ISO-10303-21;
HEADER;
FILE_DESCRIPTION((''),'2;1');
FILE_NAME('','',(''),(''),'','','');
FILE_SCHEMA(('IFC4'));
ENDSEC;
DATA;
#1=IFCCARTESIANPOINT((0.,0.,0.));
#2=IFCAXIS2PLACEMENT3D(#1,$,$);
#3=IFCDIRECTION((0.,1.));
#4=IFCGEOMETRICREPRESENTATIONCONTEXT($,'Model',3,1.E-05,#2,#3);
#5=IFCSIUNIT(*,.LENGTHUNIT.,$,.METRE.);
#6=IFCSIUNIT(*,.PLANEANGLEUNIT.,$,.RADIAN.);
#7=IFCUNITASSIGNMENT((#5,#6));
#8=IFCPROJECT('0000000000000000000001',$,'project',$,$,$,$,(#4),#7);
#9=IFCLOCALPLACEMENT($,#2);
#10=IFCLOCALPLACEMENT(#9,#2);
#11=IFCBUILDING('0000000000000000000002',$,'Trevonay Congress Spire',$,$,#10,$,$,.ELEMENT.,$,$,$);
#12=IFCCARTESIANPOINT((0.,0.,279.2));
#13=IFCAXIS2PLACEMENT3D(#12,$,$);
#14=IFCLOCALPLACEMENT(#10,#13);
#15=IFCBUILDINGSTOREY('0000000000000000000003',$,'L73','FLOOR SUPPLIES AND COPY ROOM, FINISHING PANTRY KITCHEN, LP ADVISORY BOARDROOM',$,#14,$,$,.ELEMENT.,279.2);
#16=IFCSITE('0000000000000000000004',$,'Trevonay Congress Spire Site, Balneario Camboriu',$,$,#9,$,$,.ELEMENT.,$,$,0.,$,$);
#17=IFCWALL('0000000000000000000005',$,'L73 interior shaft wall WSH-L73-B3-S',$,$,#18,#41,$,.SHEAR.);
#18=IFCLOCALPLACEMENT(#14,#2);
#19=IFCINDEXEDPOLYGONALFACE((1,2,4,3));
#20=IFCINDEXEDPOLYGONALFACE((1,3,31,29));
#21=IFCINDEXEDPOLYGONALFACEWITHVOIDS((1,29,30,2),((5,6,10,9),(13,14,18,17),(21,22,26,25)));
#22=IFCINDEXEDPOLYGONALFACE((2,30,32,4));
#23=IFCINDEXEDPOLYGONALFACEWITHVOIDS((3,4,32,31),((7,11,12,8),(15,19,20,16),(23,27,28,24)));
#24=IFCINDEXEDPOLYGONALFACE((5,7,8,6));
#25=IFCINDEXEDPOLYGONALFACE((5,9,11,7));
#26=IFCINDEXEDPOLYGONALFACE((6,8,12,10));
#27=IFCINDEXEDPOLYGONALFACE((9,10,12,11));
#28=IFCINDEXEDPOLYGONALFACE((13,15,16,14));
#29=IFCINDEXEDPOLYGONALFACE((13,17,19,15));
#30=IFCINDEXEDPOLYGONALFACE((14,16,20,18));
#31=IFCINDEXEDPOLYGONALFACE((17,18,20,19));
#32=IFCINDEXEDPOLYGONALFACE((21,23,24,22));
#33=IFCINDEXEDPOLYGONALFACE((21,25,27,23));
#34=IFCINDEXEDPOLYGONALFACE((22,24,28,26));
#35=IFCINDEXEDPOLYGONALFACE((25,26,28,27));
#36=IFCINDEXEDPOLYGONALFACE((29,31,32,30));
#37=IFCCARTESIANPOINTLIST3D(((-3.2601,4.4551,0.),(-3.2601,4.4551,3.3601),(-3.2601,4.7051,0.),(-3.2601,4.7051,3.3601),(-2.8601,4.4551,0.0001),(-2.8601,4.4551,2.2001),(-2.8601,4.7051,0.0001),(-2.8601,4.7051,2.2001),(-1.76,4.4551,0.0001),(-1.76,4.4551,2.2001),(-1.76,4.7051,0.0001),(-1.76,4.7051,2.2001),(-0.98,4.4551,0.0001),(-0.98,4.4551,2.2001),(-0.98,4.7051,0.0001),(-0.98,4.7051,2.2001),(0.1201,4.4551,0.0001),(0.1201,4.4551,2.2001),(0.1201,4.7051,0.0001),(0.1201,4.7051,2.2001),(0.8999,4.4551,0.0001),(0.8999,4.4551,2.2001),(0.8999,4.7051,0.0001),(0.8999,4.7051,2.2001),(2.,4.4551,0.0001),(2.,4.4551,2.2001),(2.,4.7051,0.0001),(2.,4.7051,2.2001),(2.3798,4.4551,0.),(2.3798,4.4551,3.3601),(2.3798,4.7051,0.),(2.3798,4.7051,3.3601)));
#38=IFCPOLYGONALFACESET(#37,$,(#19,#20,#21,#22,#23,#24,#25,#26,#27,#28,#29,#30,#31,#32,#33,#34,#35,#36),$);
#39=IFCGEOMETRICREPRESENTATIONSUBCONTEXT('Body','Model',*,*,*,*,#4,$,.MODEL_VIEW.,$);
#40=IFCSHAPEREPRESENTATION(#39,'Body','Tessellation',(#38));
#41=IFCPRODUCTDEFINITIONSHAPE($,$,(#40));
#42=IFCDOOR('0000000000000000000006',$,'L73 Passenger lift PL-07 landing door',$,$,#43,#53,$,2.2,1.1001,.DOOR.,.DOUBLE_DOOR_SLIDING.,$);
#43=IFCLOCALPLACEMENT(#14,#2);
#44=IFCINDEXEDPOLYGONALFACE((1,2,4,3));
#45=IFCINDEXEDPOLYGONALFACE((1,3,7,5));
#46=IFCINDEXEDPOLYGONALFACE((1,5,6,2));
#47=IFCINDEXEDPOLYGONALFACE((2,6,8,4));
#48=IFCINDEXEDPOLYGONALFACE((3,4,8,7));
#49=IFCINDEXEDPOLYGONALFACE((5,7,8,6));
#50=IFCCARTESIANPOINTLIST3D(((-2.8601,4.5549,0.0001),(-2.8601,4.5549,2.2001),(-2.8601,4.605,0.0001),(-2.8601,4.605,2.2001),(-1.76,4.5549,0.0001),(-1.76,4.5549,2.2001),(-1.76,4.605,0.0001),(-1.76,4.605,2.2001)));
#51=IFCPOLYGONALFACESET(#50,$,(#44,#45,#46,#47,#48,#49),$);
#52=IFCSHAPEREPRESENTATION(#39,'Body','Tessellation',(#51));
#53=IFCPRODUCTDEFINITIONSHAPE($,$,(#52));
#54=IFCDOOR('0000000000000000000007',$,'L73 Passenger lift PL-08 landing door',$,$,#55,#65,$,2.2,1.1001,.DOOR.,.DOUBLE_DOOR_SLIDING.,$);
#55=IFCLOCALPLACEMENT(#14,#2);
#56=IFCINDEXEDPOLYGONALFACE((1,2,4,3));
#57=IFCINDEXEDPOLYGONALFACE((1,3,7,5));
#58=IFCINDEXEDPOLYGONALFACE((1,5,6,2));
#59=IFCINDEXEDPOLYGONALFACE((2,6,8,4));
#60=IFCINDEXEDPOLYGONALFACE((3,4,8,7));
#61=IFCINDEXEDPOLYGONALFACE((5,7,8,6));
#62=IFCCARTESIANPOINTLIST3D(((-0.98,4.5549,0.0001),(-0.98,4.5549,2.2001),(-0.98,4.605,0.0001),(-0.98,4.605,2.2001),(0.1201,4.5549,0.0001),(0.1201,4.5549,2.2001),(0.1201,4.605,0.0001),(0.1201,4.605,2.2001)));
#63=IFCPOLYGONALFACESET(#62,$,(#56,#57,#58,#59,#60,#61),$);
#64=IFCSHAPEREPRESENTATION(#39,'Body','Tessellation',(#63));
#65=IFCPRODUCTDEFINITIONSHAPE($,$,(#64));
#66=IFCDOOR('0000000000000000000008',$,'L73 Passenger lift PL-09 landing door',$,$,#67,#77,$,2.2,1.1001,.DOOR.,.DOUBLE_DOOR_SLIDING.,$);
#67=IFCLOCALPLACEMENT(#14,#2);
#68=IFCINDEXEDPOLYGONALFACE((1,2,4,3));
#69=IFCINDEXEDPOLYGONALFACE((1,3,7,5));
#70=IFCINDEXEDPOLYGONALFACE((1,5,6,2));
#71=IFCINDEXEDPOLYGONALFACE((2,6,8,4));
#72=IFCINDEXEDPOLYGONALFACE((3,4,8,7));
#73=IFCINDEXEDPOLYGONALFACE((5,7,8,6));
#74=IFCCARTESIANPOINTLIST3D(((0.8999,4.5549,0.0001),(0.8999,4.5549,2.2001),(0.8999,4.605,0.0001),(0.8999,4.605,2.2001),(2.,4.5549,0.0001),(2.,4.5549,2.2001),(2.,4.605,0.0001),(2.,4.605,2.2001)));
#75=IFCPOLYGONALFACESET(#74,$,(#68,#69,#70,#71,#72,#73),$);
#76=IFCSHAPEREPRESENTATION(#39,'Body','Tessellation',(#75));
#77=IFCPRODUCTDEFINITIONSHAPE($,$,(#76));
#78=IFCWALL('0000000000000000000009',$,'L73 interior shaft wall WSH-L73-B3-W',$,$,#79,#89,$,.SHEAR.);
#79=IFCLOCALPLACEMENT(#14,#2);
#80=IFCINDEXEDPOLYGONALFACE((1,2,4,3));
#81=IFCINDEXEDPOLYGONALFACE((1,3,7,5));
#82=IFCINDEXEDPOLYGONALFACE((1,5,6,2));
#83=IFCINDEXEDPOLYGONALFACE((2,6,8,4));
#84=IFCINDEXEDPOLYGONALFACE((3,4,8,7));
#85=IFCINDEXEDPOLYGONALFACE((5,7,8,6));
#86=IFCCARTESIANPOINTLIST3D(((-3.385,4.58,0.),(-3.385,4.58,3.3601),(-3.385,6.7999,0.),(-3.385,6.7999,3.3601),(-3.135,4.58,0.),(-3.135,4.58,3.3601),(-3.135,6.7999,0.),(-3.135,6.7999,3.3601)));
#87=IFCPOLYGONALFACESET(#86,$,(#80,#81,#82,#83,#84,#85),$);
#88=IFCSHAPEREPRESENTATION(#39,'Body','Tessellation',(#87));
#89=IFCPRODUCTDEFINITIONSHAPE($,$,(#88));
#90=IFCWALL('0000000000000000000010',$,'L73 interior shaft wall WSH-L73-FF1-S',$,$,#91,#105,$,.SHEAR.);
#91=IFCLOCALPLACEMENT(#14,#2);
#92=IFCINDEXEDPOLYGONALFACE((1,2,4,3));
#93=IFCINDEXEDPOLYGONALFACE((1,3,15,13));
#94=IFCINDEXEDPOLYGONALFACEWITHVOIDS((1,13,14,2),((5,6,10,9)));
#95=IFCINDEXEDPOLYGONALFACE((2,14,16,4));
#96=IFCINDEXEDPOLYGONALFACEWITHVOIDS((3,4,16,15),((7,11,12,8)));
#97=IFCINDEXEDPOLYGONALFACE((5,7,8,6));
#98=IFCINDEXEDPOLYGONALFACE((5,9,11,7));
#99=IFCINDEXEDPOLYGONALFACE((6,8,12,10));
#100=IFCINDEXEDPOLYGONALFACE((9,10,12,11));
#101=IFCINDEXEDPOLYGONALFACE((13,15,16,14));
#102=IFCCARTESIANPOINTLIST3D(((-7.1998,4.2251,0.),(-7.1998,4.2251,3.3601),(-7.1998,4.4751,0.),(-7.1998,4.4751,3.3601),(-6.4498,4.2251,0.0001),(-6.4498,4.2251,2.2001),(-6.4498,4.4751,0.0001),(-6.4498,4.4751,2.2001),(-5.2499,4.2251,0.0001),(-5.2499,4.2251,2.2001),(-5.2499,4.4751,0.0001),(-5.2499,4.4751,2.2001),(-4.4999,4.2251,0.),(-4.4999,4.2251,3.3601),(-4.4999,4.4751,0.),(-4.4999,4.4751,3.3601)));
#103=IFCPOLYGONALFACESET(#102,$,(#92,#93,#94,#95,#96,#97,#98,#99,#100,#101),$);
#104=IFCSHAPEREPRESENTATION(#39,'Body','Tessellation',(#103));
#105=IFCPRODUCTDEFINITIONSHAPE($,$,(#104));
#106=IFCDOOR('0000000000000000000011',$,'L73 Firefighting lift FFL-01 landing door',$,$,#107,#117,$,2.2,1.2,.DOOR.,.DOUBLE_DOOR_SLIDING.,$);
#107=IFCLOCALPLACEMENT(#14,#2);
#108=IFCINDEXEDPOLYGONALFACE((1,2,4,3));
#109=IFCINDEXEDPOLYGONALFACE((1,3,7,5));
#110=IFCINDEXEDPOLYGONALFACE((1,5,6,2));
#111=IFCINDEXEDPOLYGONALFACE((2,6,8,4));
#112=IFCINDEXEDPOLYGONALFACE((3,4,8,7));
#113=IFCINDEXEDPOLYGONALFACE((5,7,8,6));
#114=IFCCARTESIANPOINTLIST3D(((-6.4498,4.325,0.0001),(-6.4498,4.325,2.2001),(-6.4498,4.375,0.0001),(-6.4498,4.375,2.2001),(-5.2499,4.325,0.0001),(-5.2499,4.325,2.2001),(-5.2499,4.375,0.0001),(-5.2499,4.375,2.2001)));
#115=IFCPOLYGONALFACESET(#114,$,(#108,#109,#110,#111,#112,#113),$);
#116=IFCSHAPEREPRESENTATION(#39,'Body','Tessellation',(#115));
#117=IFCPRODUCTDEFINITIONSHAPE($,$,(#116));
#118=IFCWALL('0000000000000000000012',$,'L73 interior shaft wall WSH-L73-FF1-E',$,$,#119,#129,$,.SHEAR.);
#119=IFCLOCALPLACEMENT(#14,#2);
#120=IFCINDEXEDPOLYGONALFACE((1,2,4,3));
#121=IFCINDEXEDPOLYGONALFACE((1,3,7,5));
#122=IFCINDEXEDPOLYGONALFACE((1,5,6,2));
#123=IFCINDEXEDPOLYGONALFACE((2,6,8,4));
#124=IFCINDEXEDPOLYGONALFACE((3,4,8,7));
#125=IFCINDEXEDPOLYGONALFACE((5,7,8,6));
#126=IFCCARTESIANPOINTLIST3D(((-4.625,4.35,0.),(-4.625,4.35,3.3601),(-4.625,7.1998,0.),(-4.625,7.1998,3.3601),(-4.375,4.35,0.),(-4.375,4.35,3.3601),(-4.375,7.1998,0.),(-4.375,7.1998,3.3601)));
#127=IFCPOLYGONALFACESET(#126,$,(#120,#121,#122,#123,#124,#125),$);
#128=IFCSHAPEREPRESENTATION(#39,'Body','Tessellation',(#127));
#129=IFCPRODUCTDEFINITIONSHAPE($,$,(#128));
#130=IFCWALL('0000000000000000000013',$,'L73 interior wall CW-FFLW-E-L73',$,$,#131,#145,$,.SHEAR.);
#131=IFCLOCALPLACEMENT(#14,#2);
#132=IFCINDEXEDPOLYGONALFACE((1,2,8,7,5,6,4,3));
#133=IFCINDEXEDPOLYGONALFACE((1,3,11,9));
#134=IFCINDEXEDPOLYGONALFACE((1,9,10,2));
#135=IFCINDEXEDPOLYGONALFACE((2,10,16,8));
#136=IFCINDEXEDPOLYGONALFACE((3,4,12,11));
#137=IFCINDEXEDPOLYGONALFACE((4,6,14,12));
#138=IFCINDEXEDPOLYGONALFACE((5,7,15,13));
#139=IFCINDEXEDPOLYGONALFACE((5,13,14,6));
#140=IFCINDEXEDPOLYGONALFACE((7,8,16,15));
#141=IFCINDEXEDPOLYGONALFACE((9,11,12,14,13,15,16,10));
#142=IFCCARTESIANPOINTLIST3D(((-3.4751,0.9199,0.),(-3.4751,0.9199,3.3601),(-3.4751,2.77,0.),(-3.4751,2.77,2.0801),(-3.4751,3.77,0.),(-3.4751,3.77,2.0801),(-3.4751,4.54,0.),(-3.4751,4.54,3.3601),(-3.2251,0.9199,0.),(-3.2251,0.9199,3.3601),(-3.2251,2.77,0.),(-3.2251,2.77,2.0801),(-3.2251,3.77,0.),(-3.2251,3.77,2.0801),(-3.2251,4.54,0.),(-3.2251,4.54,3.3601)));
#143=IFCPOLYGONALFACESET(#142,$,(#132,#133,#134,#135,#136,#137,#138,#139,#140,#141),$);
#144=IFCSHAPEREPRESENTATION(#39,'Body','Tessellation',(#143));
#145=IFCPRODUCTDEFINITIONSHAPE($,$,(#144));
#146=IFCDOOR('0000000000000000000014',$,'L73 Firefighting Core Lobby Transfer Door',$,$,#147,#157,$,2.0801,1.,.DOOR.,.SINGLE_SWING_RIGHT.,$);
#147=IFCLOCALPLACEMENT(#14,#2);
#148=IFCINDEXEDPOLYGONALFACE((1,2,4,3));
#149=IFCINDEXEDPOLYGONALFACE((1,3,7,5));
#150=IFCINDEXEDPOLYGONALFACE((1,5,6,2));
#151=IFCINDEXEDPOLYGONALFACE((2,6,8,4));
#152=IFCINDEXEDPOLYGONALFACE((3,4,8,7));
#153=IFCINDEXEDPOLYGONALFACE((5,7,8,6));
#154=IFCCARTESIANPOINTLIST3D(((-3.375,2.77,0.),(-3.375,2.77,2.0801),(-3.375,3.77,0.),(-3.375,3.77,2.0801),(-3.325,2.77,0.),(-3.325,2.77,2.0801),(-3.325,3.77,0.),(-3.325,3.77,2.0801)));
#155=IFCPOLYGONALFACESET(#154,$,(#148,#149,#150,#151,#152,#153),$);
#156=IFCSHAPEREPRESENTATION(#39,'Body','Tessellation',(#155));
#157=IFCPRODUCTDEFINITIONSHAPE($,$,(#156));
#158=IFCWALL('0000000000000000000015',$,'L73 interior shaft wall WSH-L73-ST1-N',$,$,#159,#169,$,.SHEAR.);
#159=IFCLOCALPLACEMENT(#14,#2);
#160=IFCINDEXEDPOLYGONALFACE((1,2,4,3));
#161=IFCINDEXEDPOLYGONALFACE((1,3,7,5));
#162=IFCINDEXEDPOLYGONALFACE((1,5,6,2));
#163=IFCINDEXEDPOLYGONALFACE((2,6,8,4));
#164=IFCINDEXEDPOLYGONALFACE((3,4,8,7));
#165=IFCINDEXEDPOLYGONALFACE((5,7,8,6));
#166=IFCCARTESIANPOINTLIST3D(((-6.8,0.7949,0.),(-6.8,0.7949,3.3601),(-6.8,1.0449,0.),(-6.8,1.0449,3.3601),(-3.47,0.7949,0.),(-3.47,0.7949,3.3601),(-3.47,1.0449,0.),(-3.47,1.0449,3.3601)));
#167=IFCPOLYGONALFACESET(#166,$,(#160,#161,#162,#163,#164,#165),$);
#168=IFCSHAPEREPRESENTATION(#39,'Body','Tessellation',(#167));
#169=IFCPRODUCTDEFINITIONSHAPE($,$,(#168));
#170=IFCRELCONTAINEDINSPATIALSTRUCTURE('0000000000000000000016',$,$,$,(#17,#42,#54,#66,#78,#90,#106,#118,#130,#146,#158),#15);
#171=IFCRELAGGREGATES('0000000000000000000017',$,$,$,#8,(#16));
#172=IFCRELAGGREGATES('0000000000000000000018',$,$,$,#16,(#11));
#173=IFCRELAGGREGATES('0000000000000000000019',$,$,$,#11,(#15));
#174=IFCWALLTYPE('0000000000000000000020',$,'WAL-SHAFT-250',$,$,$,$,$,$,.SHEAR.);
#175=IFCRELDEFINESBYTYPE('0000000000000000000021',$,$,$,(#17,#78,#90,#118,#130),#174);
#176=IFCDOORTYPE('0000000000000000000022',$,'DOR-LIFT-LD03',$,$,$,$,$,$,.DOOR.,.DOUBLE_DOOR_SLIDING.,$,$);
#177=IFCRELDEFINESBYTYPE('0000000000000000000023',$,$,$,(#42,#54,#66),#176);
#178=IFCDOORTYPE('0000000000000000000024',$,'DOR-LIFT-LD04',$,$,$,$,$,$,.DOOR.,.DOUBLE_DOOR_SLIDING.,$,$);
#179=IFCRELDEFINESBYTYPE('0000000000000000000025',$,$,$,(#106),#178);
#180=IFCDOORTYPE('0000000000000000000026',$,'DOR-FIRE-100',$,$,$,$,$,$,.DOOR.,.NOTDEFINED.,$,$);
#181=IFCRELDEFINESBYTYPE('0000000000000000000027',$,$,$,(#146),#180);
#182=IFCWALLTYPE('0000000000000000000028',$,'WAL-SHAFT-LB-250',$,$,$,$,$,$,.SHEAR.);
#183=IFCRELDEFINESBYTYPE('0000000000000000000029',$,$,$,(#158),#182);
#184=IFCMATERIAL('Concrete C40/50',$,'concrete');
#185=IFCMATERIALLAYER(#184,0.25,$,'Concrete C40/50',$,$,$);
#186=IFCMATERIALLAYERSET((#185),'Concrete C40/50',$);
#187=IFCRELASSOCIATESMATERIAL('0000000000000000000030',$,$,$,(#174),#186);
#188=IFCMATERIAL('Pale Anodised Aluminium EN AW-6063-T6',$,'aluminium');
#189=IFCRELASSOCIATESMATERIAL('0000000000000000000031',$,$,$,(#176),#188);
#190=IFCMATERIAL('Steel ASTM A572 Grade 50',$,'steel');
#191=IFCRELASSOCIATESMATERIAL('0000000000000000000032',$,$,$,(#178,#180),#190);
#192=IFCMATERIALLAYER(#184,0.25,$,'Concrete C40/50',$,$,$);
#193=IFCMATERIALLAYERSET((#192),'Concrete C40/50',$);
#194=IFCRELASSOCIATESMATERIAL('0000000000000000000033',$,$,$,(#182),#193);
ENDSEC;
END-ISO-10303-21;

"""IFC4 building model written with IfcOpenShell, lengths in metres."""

from ifc_helpers import new_model, si_unit, direction, frame, frame_2d, origin, place, context, subcontext, project, spatial, rectangle, extrude, material, layer, layer_set, type_object, element, fill, save


model = new_model("IFC4")

# Units and contexts
model_context = context("Model", 3, precision=1e-05, world=origin(), true_north=direction((0.0, 1.0)))
body_context = subcontext(model_context, "Body", "Model", "MODEL_VIEW")
ifc_project = project(units=[si_unit("LENGTHUNIT", "METRE"), si_unit("PLANEANGLEUNIT", "RADIAN")], contexts=[model_context])

# Site, building, storey
site_placement = place(None, origin())
site = spatial("IfcSite", under=ifc_project, at=site_placement, Name="Trevonay Congress Spire Site, Balneario Camboriu", CompositionType="ELEMENT", RefElevation=0.0)
building_placement = place(site_placement, origin())
building = spatial("IfcBuilding", under=site, at=building_placement, Name="Trevonay Congress Spire", CompositionType="ELEMENT")
storey_placement = place(building_placement, frame((0.0, 0.0, 279.2)))
storey = spatial("IfcBuildingStorey", under=building, at=storey_placement, Name="L73", Description="FLOOR SUPPLIES AND COPY ROOM, FINISHING PANTRY KITCHEN, LP ADVISORY BOARDROOM", CompositionType="ELEMENT", Elevation=279.2)

# Shared definitions
ifc_material_1 = material(Name="Steel ASTM A572 Grade 50", Category="steel")

# Shared definitions
ifc_material_2 = material(Name="Concrete C40/50", Category="concrete")

# Wall, openings, doors
ifc_layer_1 = layer(ifc_material_2, 0.25, Name="Concrete C40/50")
ifc_layer_set_1 = layer_set([ifc_layer_1], Name="Concrete C40/50")
wall_type_1 = type_object("IfcWallType", Name="WAL-SHAFT-250", PredefinedType="SHEAR", material=ifc_layer_set_1)
wall_1_placement = place(storey_placement, frame((-3.26, 4.5801, 0.0), z_axis=(0.0, 0.0, 1.0), x_axis=(1.0, 0.0, 0.0)))
wall_1 = element("IfcWall", 1, at=wall_1_placement, inside=storey, type_object=wall_type_1, Name="L73 interior shaft wall WSH-L73-B3-S", PredefinedType="SHEAR", context=body_context, shape_type="SweptSolid", body=[
    extrude(rectangle(XDim=5.6399, YDim=0.25, at=frame_2d((2.8198, 0.0))), origin(), (0.0, 0.0, 1.0), 3.3601),
])
opening_1_placement = place(wall_1_placement, frame((0.3999, 0.0, 0.0)))
opening_1 = element("IfcOpeningElement", 2, at=opening_1_placement, cuts=wall_1, PredefinedType="OPENING", context=body_context, shape_type="SweptSolid", body=[
    extrude(rectangle(XDim=1.1001, YDim=2.2, at=frame_2d((0.55, 1.1001))), frame((0.0, 0.135, 0.0), z_axis=(0.0, -1.0, 0.0), x_axis=(1.0, 0.0, 0.0)), (0.0, 0.0, 1.0), 0.27),
])
opening_2_placement = place(wall_1_placement, frame((2.28, 0.0, 0.0)))
opening_2 = element("IfcOpeningElement", 3, at=opening_2_placement, cuts=wall_1, PredefinedType="OPENING", context=body_context, shape_type="SweptSolid", body=[
    extrude(rectangle(XDim=1.1001, YDim=2.2, at=frame_2d((0.55, 1.1001))), frame((0.0, 0.135, 0.0), z_axis=(0.0, -1.0, 0.0), x_axis=(1.0, 0.0, 0.0)), (0.0, 0.0, 1.0), 0.27),
])
opening_3_placement = place(wall_1_placement, frame((4.1599, 0.0, 0.0)))
opening_3 = element("IfcOpeningElement", 4, at=opening_3_placement, cuts=wall_1, PredefinedType="OPENING", context=body_context, shape_type="SweptSolid", body=[
    extrude(rectangle(XDim=1.1001, YDim=2.2, at=frame_2d((0.55, 1.1001))), frame((0.0, 0.135, 0.0), z_axis=(0.0, -1.0, 0.0), x_axis=(1.0, 0.0, 0.0)), (0.0, 0.0, 1.0), 0.27),
])
ifc_material_3 = material(Name="Pale Anodised Aluminium EN AW-6063-T6", Category="aluminium")
door_type_1 = type_object("IfcDoorType", Name="DOR-LIFT-LD03", OperationType="DOUBLE_DOOR_SLIDING", PredefinedType="DOOR", material=ifc_material_3)
door_1_placement = place(opening_1_placement, origin())
door_1 = element("IfcDoor", 5, at=door_1_placement, inside=storey, type_object=door_type_1, Name="L73 Passenger lift PL-07 landing door", OperationType="DOUBLE_DOOR_SLIDING", OverallHeight=2.2, OverallWidth=1.1001, PredefinedType="DOOR", context=body_context, shape_type="SweptSolid", body=[
    extrude(rectangle(XDim=1.1001, YDim=2.2, at=frame_2d((0.55, 1.1001))), frame((0.0, 0.0249, 0.0), z_axis=(0.0, -1.0, 0.0), x_axis=(1.0, 0.0, 0.0)), (0.0, 0.0, 1.0), 0.05),
])
fill(opening_1, door_1)
door_2_placement = place(opening_2_placement, origin())
door_2 = element("IfcDoor", 6, at=door_2_placement, inside=storey, type_object=door_type_1, Name="L73 Passenger lift PL-08 landing door", OperationType="DOUBLE_DOOR_SLIDING", OverallHeight=2.2, OverallWidth=1.1001, PredefinedType="DOOR", context=body_context, shape_type="SweptSolid", body=[
    extrude(rectangle(XDim=1.1001, YDim=2.2, at=frame_2d((0.55, 1.1001))), frame((0.0, 0.0249, 0.0), z_axis=(0.0, -1.0, 0.0), x_axis=(1.0, 0.0, 0.0)), (0.0, 0.0, 1.0), 0.05),
])
fill(opening_2, door_2)
door_3_placement = place(opening_3_placement, origin())
door_3 = element("IfcDoor", 7, at=door_3_placement, inside=storey, type_object=door_type_1, Name="L73 Passenger lift PL-09 landing door", OperationType="DOUBLE_DOOR_SLIDING", OverallHeight=2.2, OverallWidth=1.1001, PredefinedType="DOOR", context=body_context, shape_type="SweptSolid", body=[
    extrude(rectangle(XDim=1.1001, YDim=2.2, at=frame_2d((0.55, 1.1001))), frame((0.0, 0.0249, 0.0), z_axis=(0.0, -1.0, 0.0), x_axis=(1.0, 0.0, 0.0)), (0.0, 0.0, 1.0), 0.05),
])
fill(opening_3, door_3)

# Wall
wall_2_placement = place(storey_placement, frame((-3.26, 4.5801, 0.0), z_axis=(0.0, 0.0, 1.0), x_axis=(0.0, 1.0, 0.0)))
element("IfcWall", 8, at=wall_2_placement, inside=storey, type_object=wall_type_1, Name="L73 interior shaft wall WSH-L73-B3-W", PredefinedType="SHEAR", context=body_context, shape_type="SweptSolid", body=[
    extrude(rectangle(XDim=2.22, YDim=0.25, at=frame_2d((1.1099, 0.0))), origin(), (0.0, 0.0, 1.0), 3.3601),
])

# Wall, opening, door
wall_3_placement = place(storey_placement, frame((-7.2, 4.3501, 0.0), z_axis=(0.0, 0.0, 1.0), x_axis=(1.0, 0.0, 0.0)))
wall_3 = element("IfcWall", 9, at=wall_3_placement, inside=storey, type_object=wall_type_1, Name="L73 interior shaft wall WSH-L73-FF1-S", PredefinedType="SHEAR", context=body_context, shape_type="SweptSolid", body=[
    extrude(rectangle(XDim=2.7, YDim=0.25, at=frame_2d((1.3501, 0.0))), origin(), (0.0, 0.0, 1.0), 3.3601),
])
opening_4_placement = place(wall_3_placement, frame((0.75, 0.0, 0.0)))
opening_4 = element("IfcOpeningElement", 10, at=opening_4_placement, cuts=wall_3, PredefinedType="OPENING", context=body_context, shape_type="SweptSolid", body=[
    extrude(rectangle(XDim=1.2, YDim=2.2, at=frame_2d((0.6001, 1.1001))), frame((0.0, 0.135, 0.0), z_axis=(0.0, -1.0, 0.0), x_axis=(1.0, 0.0, 0.0)), (0.0, 0.0, 1.0), 0.27),
])
door_type_2 = type_object("IfcDoorType", Name="DOR-LIFT-LD04", OperationType="DOUBLE_DOOR_SLIDING", PredefinedType="DOOR", material=ifc_material_1)
door_4_placement = place(opening_4_placement, origin())
door_4 = element("IfcDoor", 11, at=door_4_placement, inside=storey, type_object=door_type_2, Name="L73 Firefighting lift FFL-01 landing door", OperationType="DOUBLE_DOOR_SLIDING", OverallHeight=2.2, OverallWidth=1.2, PredefinedType="DOOR", context=body_context, shape_type="SweptSolid", body=[
    extrude(rectangle(XDim=1.2, YDim=2.2, at=frame_2d((0.6001, 1.1001))), frame((0.0, 0.0249, 0.0), z_axis=(0.0, -1.0, 0.0), x_axis=(1.0, 0.0, 0.0)), (0.0, 0.0, 1.0), 0.05),
])
fill(opening_4, door_4)

# Wall
wall_4_placement = place(storey_placement, frame((-4.5, 4.3501, 0.0), z_axis=(0.0, 0.0, 1.0), x_axis=(0.0, 1.0, 0.0)))
element("IfcWall", 12, at=wall_4_placement, inside=storey, type_object=wall_type_1, Name="L73 interior shaft wall WSH-L73-FF1-E", PredefinedType="SHEAR", context=body_context, shape_type="SweptSolid", body=[
    extrude(rectangle(XDim=2.8499, YDim=0.25, at=frame_2d((1.4248, 0.0))), origin(), (0.0, 0.0, 1.0), 3.3601),
])

# Wall, opening, door
wall_5_placement = place(storey_placement, frame((-3.3501, 0.9199, 0.0), z_axis=(0.0, 0.0, 1.0), x_axis=(0.0, 1.0, 0.0)))
wall_5 = element("IfcWall", 13, at=wall_5_placement, inside=storey, type_object=wall_type_1, Name="L73 interior wall CW-FFLW-E-L73", PredefinedType="SHEAR", context=body_context, shape_type="SweptSolid", body=[
    extrude(rectangle(XDim=3.6201, YDim=0.25, at=frame_2d((1.8101, 0.0))), origin(), (0.0, 0.0, 1.0), 3.3601),
])
opening_5_placement = place(wall_5_placement, frame((1.8501, 0.0, 0.0)))
opening_5 = element("IfcOpeningElement", 14, at=opening_5_placement, cuts=wall_5, PredefinedType="OPENING", context=body_context, shape_type="SweptSolid", body=[
    extrude(rectangle(XDim=1.0, YDim=2.0801, at=frame_2d((0.5, 1.04))), frame((0.0, 0.135, 0.0), z_axis=(0.0, -1.0, 0.0), x_axis=(1.0, 0.0, 0.0)), (0.0, 0.0, 1.0), 0.27),
])
door_type_3 = type_object("IfcDoorType", Name="DOR-FIRE-100", OperationType="NOTDEFINED", PredefinedType="DOOR", material=ifc_material_1)
door_5_placement = place(opening_5_placement, origin())
door_5 = element("IfcDoor", 15, at=door_5_placement, inside=storey, type_object=door_type_3, Name="L73 Firefighting Core Lobby Transfer Door", OperationType="SINGLE_SWING_RIGHT", OverallHeight=2.0801, OverallWidth=1.0, PredefinedType="DOOR", context=body_context, shape_type="SweptSolid", body=[
    extrude(rectangle(XDim=1.0, YDim=2.0801, at=frame_2d((0.5, 1.04))), frame((0.0, 0.0249, 0.0), z_axis=(0.0, -1.0, 0.0), x_axis=(1.0, 0.0, 0.0)), (0.0, 0.0, 1.0), 0.05),
])
fill(opening_5, door_5)

# Wall
ifc_layer_2 = layer(ifc_material_2, 0.25, Name="Concrete C40/50")
ifc_layer_set_2 = layer_set([ifc_layer_2], Name="Concrete C40/50")
wall_type_2 = type_object("IfcWallType", Name="WAL-SHAFT-LB-250", PredefinedType="SHEAR", material=ifc_layer_set_2)
wall_6_placement = place(storey_placement, frame((-6.8, 0.9199, 0.0), z_axis=(0.0, 0.0, 1.0), x_axis=(1.0, 0.0, 0.0)))
element("IfcWall", 16, at=wall_6_placement, inside=storey, type_object=wall_type_2, Name="L73 interior shaft wall WSH-L73-ST1-N", PredefinedType="SHEAR", context=body_context, shape_type="SweptSolid", body=[
    extrude(rectangle(XDim=3.3301, YDim=0.25, at=frame_2d((1.665, 0.0))), origin(), (0.0, 0.0, 1.0), 3.3601),
])

save(model, "model.ifc")
